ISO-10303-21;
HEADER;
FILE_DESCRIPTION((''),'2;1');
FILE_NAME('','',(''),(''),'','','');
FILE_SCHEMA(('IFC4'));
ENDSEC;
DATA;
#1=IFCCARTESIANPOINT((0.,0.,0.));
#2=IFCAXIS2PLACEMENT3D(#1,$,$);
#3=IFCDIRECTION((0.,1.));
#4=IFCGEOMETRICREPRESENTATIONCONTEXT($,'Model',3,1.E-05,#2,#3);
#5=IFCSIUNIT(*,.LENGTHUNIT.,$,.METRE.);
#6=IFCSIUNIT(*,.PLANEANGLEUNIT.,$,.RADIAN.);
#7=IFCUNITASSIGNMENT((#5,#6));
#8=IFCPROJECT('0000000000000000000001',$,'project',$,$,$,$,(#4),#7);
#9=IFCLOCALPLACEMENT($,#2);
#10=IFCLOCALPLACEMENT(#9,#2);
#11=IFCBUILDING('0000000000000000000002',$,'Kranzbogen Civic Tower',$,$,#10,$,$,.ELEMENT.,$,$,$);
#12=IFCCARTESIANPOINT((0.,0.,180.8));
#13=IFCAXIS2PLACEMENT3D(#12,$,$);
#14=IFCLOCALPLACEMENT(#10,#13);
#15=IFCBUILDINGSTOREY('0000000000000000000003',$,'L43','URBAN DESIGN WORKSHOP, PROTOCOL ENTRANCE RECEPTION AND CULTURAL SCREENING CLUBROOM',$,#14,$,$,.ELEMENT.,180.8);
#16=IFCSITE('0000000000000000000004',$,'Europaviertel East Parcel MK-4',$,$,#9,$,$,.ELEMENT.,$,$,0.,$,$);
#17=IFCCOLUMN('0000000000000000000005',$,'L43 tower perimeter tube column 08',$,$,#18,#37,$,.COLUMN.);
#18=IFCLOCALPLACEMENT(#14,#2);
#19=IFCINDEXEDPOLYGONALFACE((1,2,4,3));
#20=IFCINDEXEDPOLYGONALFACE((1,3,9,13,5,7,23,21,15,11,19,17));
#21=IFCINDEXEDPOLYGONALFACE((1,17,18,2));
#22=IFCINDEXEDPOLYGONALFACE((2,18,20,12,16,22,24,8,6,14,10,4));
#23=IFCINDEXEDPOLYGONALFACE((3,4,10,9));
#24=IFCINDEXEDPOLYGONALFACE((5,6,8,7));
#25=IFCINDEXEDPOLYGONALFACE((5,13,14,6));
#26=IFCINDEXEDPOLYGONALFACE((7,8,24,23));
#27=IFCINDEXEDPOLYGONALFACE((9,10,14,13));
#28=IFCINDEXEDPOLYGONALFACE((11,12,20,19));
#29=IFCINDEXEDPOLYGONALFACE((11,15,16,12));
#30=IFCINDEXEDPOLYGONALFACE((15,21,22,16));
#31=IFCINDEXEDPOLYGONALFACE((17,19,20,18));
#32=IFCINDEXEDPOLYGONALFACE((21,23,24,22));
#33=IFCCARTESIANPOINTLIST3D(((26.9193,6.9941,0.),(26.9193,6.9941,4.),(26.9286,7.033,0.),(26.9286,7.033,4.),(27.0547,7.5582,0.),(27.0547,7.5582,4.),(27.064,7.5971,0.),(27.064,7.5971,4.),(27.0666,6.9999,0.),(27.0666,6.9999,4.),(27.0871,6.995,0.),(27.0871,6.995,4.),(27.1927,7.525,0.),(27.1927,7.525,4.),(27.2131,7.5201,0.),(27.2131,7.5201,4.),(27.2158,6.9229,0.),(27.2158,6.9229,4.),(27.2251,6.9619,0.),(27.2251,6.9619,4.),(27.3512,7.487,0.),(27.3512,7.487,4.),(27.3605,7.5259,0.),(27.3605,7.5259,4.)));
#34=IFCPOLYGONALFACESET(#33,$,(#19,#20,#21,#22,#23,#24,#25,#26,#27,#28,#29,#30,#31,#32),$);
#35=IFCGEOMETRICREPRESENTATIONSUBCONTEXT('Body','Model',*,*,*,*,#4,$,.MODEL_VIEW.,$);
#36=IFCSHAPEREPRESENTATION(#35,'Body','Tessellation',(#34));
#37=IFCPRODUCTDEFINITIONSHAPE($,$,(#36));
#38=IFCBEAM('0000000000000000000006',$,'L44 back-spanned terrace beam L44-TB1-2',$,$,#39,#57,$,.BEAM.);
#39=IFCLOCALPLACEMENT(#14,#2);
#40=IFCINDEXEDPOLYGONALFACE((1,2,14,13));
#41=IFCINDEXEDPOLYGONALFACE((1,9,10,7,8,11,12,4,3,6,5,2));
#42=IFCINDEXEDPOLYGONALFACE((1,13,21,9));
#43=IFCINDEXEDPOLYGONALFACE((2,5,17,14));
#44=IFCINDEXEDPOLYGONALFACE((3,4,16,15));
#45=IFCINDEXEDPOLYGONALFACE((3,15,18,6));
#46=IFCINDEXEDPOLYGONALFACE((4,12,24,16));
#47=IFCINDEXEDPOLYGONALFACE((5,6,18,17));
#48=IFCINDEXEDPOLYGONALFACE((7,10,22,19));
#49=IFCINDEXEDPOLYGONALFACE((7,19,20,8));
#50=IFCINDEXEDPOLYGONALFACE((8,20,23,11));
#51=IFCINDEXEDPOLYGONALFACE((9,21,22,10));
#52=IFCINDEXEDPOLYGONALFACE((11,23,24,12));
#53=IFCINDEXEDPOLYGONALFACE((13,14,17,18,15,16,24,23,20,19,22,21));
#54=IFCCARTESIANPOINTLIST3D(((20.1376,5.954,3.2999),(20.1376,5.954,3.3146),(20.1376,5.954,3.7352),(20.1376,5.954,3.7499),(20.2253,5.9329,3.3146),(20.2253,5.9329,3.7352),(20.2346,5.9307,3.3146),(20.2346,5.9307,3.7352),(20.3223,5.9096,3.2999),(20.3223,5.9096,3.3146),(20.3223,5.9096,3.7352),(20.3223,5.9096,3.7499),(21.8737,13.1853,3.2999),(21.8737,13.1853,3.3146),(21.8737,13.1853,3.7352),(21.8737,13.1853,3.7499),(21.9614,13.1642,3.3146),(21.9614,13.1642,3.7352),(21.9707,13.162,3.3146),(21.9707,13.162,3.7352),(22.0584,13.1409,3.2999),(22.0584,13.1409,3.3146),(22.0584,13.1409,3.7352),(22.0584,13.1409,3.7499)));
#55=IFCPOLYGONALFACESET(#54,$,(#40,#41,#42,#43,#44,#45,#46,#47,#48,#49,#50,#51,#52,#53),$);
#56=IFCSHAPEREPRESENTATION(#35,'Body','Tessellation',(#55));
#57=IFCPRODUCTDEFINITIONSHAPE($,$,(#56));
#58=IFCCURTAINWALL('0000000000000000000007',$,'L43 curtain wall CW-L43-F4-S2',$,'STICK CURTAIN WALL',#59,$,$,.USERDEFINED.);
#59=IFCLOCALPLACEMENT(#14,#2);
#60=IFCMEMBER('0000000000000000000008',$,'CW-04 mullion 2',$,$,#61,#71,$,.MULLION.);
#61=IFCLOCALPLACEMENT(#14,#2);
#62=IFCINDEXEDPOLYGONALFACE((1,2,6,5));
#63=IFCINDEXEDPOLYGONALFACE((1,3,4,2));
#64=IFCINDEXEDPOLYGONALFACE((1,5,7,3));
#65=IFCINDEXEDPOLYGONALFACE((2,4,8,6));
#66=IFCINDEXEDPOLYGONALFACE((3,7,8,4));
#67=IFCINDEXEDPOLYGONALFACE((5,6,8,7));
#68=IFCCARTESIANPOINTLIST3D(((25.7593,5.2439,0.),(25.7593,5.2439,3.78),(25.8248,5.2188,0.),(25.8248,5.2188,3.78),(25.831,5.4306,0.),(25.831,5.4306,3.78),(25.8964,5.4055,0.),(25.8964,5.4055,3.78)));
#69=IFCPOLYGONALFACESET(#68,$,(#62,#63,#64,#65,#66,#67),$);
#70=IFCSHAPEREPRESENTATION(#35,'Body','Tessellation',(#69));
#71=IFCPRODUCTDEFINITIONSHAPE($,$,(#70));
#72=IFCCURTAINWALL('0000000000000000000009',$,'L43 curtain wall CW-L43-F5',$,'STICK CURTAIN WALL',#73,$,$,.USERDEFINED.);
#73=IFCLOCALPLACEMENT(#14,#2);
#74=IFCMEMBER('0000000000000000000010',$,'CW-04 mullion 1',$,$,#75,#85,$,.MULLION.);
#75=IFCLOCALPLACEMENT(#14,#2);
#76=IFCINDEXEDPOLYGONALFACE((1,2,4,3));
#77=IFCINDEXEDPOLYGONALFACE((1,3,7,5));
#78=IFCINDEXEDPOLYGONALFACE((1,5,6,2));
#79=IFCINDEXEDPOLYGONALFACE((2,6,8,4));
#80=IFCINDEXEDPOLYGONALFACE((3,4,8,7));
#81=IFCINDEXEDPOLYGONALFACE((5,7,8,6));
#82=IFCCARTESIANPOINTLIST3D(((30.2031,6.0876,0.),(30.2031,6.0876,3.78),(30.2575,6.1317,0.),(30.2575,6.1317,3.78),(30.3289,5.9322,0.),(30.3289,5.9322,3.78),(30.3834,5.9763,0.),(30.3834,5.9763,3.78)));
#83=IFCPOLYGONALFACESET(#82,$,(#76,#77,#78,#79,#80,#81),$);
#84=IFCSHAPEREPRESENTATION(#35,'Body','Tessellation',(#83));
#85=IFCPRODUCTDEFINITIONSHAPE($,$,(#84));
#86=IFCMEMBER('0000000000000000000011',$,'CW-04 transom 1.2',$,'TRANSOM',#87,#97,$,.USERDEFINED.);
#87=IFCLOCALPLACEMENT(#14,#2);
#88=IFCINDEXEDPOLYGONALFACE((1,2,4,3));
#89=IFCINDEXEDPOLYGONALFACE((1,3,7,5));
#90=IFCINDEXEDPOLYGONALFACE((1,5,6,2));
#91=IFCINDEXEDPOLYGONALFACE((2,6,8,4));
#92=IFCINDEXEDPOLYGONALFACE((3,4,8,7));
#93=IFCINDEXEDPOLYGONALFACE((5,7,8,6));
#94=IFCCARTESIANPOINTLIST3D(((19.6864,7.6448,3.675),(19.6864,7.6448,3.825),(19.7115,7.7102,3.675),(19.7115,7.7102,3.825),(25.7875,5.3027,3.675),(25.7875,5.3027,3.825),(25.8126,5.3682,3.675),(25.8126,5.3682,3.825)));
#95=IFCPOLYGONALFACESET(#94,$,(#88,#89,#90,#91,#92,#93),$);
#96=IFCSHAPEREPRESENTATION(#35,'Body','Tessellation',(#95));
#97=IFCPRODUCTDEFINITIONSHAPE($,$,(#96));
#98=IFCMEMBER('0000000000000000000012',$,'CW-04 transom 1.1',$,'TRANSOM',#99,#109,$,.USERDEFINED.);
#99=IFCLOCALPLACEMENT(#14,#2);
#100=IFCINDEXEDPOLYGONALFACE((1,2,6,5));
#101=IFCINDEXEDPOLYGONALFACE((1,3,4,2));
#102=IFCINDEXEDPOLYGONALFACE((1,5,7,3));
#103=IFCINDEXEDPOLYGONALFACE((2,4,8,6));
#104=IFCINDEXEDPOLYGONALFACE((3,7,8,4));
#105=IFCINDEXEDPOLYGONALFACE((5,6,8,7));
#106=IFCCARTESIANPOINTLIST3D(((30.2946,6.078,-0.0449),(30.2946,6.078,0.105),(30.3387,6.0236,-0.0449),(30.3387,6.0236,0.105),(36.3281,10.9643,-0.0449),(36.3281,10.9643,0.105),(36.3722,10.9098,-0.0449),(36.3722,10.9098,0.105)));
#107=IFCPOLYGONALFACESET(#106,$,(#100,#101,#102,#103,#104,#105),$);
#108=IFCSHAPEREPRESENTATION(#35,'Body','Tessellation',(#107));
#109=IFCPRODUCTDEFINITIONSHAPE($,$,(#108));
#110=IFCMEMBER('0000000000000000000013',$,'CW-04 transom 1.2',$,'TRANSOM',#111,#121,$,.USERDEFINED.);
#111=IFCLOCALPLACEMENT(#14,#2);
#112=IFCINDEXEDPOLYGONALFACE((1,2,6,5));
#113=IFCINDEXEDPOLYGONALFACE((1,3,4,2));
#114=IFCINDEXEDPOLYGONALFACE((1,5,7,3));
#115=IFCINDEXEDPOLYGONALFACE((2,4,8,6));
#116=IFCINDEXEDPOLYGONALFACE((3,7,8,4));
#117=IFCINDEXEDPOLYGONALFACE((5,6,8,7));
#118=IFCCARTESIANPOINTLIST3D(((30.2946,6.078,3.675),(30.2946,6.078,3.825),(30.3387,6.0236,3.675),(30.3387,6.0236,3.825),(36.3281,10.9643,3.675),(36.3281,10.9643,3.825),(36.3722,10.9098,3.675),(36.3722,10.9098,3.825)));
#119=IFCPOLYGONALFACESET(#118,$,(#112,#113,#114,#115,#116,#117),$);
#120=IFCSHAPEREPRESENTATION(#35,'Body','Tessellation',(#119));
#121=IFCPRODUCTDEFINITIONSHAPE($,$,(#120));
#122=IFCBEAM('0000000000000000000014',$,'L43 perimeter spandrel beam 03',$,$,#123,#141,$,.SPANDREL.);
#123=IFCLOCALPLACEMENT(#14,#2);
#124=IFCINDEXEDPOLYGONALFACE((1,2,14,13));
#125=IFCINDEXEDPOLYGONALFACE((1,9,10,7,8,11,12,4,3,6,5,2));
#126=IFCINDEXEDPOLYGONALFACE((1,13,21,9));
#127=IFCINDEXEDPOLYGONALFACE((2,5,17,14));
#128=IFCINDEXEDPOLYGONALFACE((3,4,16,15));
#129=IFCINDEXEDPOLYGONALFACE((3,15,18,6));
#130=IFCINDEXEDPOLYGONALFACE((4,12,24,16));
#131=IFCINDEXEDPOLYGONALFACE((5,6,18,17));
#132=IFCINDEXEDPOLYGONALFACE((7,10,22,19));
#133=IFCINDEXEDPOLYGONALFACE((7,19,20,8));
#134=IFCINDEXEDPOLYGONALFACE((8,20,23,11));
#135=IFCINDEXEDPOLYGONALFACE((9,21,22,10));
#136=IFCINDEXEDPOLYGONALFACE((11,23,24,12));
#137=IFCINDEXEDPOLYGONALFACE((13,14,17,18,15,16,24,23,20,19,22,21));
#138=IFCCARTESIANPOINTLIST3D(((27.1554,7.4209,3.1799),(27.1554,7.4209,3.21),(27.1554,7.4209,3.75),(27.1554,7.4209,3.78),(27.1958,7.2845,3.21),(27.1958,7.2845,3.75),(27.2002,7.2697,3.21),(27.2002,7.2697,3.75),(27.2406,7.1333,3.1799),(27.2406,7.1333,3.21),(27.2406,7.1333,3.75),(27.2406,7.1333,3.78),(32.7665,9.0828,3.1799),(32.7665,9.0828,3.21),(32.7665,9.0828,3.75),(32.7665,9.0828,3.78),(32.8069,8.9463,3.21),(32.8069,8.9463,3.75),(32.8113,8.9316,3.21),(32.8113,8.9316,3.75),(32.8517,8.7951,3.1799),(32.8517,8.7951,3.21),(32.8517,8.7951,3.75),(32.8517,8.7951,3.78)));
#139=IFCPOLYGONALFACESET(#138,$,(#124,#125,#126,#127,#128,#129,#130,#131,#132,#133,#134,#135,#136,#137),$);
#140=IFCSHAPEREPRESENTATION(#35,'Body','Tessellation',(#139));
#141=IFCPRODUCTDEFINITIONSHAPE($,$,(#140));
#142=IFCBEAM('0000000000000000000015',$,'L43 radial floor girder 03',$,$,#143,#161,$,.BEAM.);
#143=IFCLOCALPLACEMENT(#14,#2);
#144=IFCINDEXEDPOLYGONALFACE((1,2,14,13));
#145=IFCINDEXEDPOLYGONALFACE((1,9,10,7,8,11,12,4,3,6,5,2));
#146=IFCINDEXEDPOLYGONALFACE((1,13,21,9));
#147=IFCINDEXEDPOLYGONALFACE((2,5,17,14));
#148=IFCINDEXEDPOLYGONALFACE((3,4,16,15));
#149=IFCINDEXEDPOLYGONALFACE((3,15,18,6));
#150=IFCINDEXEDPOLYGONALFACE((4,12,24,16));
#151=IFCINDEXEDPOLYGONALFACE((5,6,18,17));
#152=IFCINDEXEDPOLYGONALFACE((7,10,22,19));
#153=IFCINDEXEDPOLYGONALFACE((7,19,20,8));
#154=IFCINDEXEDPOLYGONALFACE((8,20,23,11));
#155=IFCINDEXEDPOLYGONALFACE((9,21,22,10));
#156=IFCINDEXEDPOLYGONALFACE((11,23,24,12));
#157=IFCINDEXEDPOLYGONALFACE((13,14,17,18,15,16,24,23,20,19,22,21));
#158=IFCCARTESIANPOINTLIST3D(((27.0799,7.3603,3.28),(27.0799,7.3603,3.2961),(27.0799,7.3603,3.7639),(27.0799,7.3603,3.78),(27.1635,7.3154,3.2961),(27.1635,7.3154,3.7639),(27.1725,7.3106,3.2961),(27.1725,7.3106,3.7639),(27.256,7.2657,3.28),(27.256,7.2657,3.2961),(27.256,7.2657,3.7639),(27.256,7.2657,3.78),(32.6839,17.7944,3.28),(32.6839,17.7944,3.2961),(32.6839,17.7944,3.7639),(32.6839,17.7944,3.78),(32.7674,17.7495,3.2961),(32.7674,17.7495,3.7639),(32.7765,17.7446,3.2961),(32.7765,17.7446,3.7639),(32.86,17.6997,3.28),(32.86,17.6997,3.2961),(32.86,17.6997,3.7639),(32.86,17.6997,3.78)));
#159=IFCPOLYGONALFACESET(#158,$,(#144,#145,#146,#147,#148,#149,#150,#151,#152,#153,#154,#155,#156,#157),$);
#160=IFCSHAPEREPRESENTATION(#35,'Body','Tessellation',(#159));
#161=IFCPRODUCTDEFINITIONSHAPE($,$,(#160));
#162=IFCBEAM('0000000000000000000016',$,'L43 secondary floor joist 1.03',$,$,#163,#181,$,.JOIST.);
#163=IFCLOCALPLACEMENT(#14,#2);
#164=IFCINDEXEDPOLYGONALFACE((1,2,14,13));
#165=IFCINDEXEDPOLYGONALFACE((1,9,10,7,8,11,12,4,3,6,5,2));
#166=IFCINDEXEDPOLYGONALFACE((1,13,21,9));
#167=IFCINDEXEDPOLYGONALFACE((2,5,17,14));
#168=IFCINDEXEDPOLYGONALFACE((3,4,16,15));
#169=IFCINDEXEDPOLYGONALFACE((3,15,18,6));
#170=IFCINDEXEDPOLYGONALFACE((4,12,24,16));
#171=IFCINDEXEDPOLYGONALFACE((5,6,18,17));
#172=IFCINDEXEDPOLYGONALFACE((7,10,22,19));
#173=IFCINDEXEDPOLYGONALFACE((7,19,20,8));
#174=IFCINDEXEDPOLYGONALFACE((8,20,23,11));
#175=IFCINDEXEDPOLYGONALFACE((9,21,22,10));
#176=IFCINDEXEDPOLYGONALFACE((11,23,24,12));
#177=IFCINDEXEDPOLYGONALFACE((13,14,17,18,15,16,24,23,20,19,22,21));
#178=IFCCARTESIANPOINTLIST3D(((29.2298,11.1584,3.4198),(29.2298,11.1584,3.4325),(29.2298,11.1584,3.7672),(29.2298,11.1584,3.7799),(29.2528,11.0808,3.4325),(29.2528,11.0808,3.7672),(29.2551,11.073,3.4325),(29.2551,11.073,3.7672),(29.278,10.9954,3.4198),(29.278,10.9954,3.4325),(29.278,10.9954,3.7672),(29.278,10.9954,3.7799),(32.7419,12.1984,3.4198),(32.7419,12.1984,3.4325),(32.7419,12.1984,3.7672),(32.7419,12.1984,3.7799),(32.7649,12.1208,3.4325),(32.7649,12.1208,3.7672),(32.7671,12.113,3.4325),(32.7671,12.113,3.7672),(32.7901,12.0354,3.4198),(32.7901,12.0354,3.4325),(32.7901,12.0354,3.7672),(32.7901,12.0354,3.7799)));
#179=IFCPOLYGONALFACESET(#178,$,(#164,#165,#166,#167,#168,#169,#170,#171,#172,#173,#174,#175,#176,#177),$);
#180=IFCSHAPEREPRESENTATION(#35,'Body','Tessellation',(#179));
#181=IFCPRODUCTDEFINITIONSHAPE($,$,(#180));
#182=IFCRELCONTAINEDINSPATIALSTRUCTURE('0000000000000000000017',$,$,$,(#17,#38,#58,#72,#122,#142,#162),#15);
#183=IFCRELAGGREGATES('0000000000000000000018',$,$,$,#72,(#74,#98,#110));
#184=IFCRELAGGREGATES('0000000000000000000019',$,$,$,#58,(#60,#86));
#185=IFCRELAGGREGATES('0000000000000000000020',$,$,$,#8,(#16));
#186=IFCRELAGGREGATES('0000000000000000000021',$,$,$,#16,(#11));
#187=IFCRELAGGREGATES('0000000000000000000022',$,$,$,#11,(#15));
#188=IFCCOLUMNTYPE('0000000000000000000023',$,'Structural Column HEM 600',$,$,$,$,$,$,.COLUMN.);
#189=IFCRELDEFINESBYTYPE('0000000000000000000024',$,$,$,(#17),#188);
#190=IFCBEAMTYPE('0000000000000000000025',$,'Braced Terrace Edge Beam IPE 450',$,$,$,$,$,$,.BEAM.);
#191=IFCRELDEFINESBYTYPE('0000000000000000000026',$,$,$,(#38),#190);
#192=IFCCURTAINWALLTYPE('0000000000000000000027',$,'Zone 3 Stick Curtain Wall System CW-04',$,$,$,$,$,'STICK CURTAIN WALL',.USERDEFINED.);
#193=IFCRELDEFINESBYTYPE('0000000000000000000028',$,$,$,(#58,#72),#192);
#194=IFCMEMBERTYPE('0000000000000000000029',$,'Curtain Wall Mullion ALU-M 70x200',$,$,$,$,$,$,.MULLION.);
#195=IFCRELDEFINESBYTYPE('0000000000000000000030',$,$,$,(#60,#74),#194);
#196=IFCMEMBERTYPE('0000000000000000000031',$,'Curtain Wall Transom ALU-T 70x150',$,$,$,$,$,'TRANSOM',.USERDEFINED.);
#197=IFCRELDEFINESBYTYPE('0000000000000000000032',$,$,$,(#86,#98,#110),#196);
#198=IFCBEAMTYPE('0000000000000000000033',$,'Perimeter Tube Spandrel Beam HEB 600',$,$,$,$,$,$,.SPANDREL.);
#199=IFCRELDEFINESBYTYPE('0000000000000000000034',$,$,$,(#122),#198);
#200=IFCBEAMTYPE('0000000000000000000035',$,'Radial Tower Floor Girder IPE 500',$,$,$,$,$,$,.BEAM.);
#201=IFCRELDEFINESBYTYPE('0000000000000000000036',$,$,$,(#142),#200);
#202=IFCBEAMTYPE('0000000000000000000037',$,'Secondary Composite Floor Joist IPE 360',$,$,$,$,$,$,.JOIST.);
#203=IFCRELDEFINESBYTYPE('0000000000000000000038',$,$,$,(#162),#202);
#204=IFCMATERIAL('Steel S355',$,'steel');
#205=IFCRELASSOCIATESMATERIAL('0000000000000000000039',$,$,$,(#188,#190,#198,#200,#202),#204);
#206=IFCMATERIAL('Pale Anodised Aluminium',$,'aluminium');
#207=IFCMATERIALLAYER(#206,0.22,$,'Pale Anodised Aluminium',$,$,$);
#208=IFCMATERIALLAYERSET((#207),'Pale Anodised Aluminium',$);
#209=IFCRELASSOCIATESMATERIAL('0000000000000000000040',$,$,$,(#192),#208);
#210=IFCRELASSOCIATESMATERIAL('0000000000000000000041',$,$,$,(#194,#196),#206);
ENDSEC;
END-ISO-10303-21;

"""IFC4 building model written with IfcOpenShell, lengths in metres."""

from ifc_helpers import new_model, si_unit, direction, frame, origin, origin_2d, place, context, subcontext, project, spatial, rectangle, i_section, extrude, material, layer, layer_set, material_profile, profile_set, type_object, element, aggregate, save


model = new_model("IFC4")

# Units and contexts
model_context = context("Model", 3, precision=1e-05, world=origin(), true_north=direction((0.0, 1.0)))
body_context = subcontext(model_context, "Body", "Model", "MODEL_VIEW")
ifc_project = project(units=[si_unit("LENGTHUNIT", "METRE"), si_unit("PLANEANGLEUNIT", "RADIAN")], contexts=[model_context])

# Site, building, storey
site_placement = place(None, origin())
site = spatial("IfcSite", under=ifc_project, at=site_placement, Name="Europaviertel East Parcel MK-4", CompositionType="ELEMENT", RefElevation=0.0)
building_placement = place(site_placement, origin())
building = spatial("IfcBuilding", under=site, at=building_placement, Name="Kranzbogen Civic Tower", CompositionType="ELEMENT")
storey_placement = place(building_placement, frame((0.0, 0.0, 180.8)))
storey = spatial("IfcBuildingStorey", under=building, at=storey_placement, Name="L43", Description="URBAN DESIGN WORKSHOP, PROTOCOL ENTRANCE RECEPTION AND CULTURAL SCREENING CLUBROOM", CompositionType="ELEMENT", Elevation=180.8)

# Column
ifc_material_1 = material(Name="Steel S355", Category="steel")
ifc_material_profile_1 = material_profile(ifc_material_1, i_section(OverallWidth=0.3049, OverallDepth=0.6201, WebThickness=0.021, FlangeThickness=0.04, at=origin_2d()), Name="HEM 600")
ifc_profile_set_1 = profile_set([ifc_material_profile_1], Name="Steel S355")
column_type = type_object("IfcColumnType", Name="Structural Column HEM 600", PredefinedType="COLUMN", material=ifc_profile_set_1)
column_placement = place(storey_placement, frame((27.1399, 7.26, 0.0), z_axis=(0.0, 0.0, 1.0), x_axis=(-0.97237, 0.233445, 0.0)))
element("IfcColumn", 1, at=column_placement, inside=storey, type_object=column_type, Name="L43 tower perimeter tube column 08", PredefinedType="COLUMN", context=body_context, shape_type="SweptSolid", body=[
    extrude(i_section(OverallWidth=0.3049, OverallDepth=0.6201, WebThickness=0.021, FlangeThickness=0.04, at=origin_2d()), origin(), (0.0, 0.0, 1.0), 4.0),
])

# Beam
ifc_material_profile_2 = material_profile(ifc_material_1, i_section(OverallWidth=0.1899, OverallDepth=0.45, WebThickness=0.0095, FlangeThickness=0.0146, at=origin_2d()), Name="IPE 450")
ifc_profile_set_2 = profile_set([ifc_material_profile_2], Name="Steel S355")
beam_type_1 = type_object("IfcBeamType", Name="Braced Terrace Edge Beam IPE 450", PredefinedType="BEAM", material=ifc_profile_set_2)
beam_1_placement = place(storey_placement, frame((21.9661, 13.1631, 3.5249), z_axis=(-0.233449, -0.972369, 0.0), x_axis=(0.972369, -0.233449, 0.0)))
element("IfcBeam", 2, at=beam_1_placement, inside=storey, type_object=beam_type_1, Name="L44 back-spanned terrace beam L44-TB1-2", PredefinedType="BEAM", context=body_context, shape_type="SweptSolid", body=[
    extrude(i_section(OverallWidth=0.1899, OverallDepth=0.45, WebThickness=0.0095, FlangeThickness=0.0146, at=origin_2d()), origin(), (0.0, 0.0, 1.0), 7.4368),
])

# Curtain walls, members
ifc_material_2 = material(Name="Pale Anodised Aluminium", Category="aluminium")
ifc_layer_1 = layer(ifc_material_2, 0.22, Name="Pale Anodised Aluminium")
ifc_layer_set_1 = layer_set([ifc_layer_1], Name="Pale Anodised Aluminium")
curtain_wall_type = type_object("IfcCurtainWallType", Name="Zone 3 Stick Curtain Wall System CW-04", ElementType="STICK CURTAIN WALL", PredefinedType="USERDEFINED", material=ifc_layer_set_1)
curtain_wall_1_placement = place(storey_placement, origin())
curtain_wall_1 = element("IfcCurtainWall", 3, at=curtain_wall_1_placement, inside=storey, type_object=curtain_wall_type, Name="L43 curtain wall CW-L43-F4-S2", ObjectType="STICK CURTAIN WALL", PredefinedType="USERDEFINED")
ifc_material_profile_3 = material_profile(ifc_material_2, rectangle(XDim=0.0701, YDim=0.2, at=origin_2d()), Name="ALU-M 70x200")
ifc_profile_set_3 = profile_set([ifc_material_profile_3], Name="Pale Anodised Aluminium")
member_type_1 = type_object("IfcMemberType", Name="Curtain Wall Mullion ALU-M 70x200", PredefinedType="MULLION", material=ifc_profile_set_3)
member_1_placement = place(storey_placement, frame((25.8279, 5.3247, 0.0), z_axis=(0.0, 0.0, 1.0), x_axis=(0.933578, -0.358375, 0.0)))
member_1 = element("IfcMember", 4, at=member_1_placement, type_object=member_type_1, Name="CW-04 mullion 2", PredefinedType="MULLION", context=body_context, shape_type="SweptSolid", body=[
    extrude(rectangle(XDim=0.0701, YDim=0.2, at=origin_2d()), origin(), (0.0, 0.0, 1.0), 3.78),
])
curtain_wall_2_placement = place(storey_placement, origin())
curtain_wall_2 = element("IfcCurtainWall", 5, at=curtain_wall_2_placement, inside=storey, type_object=curtain_wall_type, Name="L43 curtain wall CW-L43-F5", ObjectType="STICK CURTAIN WALL", PredefinedType="USERDEFINED")
member_2_placement = place(storey_placement, frame((30.2932, 6.032, 0.0), z_axis=(0.0, 0.0, 1.0), x_axis=(0.777116, 0.629358, 0.0)))
member_2 = element("IfcMember", 6, at=member_2_placement, type_object=member_type_1, Name="CW-04 mullion 1", PredefinedType="MULLION", context=body_context, shape_type="SweptSolid", body=[
    extrude(rectangle(XDim=0.0701, YDim=0.2, at=origin_2d()), origin(), (0.0, 0.0, 1.0), 3.78),
])

# Members
ifc_material_profile_4 = material_profile(ifc_material_2, rectangle(XDim=0.0701, YDim=0.1499, at=origin_2d()), Name="ALU-T 70x150")
ifc_profile_set_4 = profile_set([ifc_material_profile_4], Name="Pale Anodised Aluminium")
member_type_2 = type_object("IfcMemberType", Name="Curtain Wall Transom ALU-T 70x150", ElementType="TRANSOM", PredefinedType="USERDEFINED", material=ifc_profile_set_4)
member_3_placement = place(storey_placement, frame((19.699, 7.6775, 3.75), z_axis=(0.933577, -0.358376, 0.0), x_axis=(0.358376, 0.933577, 0.0)))
member_3 = element("IfcMember", 7, at=member_3_placement, type_object=member_type_2, Name="CW-04 transom 1.2", ObjectType="TRANSOM", PredefinedType="USERDEFINED", context=body_context, shape_type="SweptSolid", body=[
    extrude(rectangle(XDim=0.0701, YDim=0.1499, at=origin_2d()), origin(), (0.0, 0.0, 1.0), 6.5352),
])
member_4_placement = place(storey_placement, frame((30.3167, 6.0508, 0.03), z_axis=(0.777118, 0.629355, 0.0), x_axis=(-0.629355, 0.777118, 0.0)))
member_4 = element("IfcMember", 8, at=member_4_placement, type_object=member_type_2, Name="CW-04 transom 1.1", ObjectType="TRANSOM", PredefinedType="USERDEFINED", context=body_context, shape_type="SweptSolid", body=[
    extrude(rectangle(XDim=0.0701, YDim=0.1499, at=origin_2d()), origin(), (0.0, 0.0, 1.0), 7.7639),
])
member_5_placement = place(storey_placement, frame((30.3167, 6.0508, 3.75), z_axis=(0.777118, 0.629355, 0.0), x_axis=(-0.629355, 0.777118, 0.0)))
member_5 = element("IfcMember", 9, at=member_5_placement, type_object=member_type_2, Name="CW-04 transom 1.2", ObjectType="TRANSOM", PredefinedType="USERDEFINED", context=body_context, shape_type="SweptSolid", body=[
    extrude(rectangle(XDim=0.0701, YDim=0.1499, at=origin_2d()), origin(), (0.0, 0.0, 1.0), 7.7639),
])
aggregate(curtain_wall_2, [member_2, member_4, member_5])

# Beams
ifc_material_profile_5 = material_profile(ifc_material_1, i_section(OverallWidth=0.3, OverallDepth=0.6001, WebThickness=0.0154, FlangeThickness=0.03, at=origin_2d()), Name="HEB 600")
ifc_profile_set_5 = profile_set([ifc_material_profile_5], Name="Steel S355")
beam_type_2 = type_object("IfcBeamType", Name="Perimeter Tube Spandrel Beam HEB 600", PredefinedType="SPANDREL", material=ifc_profile_set_5)
beam_2_placement = place(storey_placement, frame((27.198, 7.2771, 3.48), z_axis=(0.95883, 0.283982, 0.0), x_axis=(-0.283982, 0.95883, 0.0)))
element("IfcBeam", 10, at=beam_2_placement, inside=storey, type_object=beam_type_2, Name="L43 perimeter spandrel beam 03", PredefinedType="SPANDREL", context=body_context, shape_type="SweptSolid", body=[
    extrude(i_section(OverallWidth=0.3, OverallDepth=0.6001, WebThickness=0.0154, FlangeThickness=0.03, at=origin_2d()), origin(), (0.0, 0.0, 1.0), 5.8521),
])
ifc_material_profile_6 = material_profile(ifc_material_1, i_section(OverallWidth=0.2, OverallDepth=0.5, WebThickness=0.0103, FlangeThickness=0.0161, at=origin_2d()), Name="IPE 500")
ifc_profile_set_6 = profile_set([ifc_material_profile_6], Name="Steel S355")
beam_type_3 = type_object("IfcBeamType", Name="Radial Tower Floor Girder IPE 500", PredefinedType="BEAM", material=ifc_profile_set_6)
beam_3_placement = place(storey_placement, frame((27.168, 7.313, 3.53), z_axis=(0.47316, 0.880976, 0.0), x_axis=(-0.880976, 0.47316, 0.0)))
element("IfcBeam", 11, at=beam_3_placement, inside=storey, type_object=beam_type_3, Name="L43 radial floor girder 03", PredefinedType="BEAM", context=body_context, shape_type="SweptSolid", body=[
    extrude(i_section(OverallWidth=0.2, OverallDepth=0.5, WebThickness=0.0103, FlangeThickness=0.0161, at=origin_2d()), origin(), (0.0, 0.0, 1.0), 11.8438),
])
ifc_material_profile_7 = material_profile(ifc_material_1, i_section(OverallWidth=0.1699, OverallDepth=0.3601, WebThickness=0.0081, FlangeThickness=0.0127, at=origin_2d()), Name="IPE 360")
ifc_profile_set_7 = profile_set([ifc_material_profile_7], Name="Steel S355")
beam_type_4 = type_object("IfcBeamType", Name="Secondary Composite Floor Joist IPE 360", PredefinedType="JOIST", material=ifc_profile_set_7)
beam_4_placement = place(storey_placement, frame((29.2539, 11.0769, 3.5999), z_axis=(0.958844, 0.283934, 0.0), x_axis=(-0.283934, 0.958844, 0.0)))
element("IfcBeam", 12, at=beam_4_placement, inside=storey, type_object=beam_type_4, Name="L43 secondary floor joist 1.03", PredefinedType="JOIST", context=body_context, shape_type="SweptSolid", body=[
    extrude(i_section(OverallWidth=0.1699, OverallDepth=0.3601, WebThickness=0.0081, FlangeThickness=0.0127, at=origin_2d()), origin(), (0.0, 0.0, 1.0), 3.6628),
])

aggregate(curtain_wall_1, [member_1, member_3])

save(model, "model.ifc")
